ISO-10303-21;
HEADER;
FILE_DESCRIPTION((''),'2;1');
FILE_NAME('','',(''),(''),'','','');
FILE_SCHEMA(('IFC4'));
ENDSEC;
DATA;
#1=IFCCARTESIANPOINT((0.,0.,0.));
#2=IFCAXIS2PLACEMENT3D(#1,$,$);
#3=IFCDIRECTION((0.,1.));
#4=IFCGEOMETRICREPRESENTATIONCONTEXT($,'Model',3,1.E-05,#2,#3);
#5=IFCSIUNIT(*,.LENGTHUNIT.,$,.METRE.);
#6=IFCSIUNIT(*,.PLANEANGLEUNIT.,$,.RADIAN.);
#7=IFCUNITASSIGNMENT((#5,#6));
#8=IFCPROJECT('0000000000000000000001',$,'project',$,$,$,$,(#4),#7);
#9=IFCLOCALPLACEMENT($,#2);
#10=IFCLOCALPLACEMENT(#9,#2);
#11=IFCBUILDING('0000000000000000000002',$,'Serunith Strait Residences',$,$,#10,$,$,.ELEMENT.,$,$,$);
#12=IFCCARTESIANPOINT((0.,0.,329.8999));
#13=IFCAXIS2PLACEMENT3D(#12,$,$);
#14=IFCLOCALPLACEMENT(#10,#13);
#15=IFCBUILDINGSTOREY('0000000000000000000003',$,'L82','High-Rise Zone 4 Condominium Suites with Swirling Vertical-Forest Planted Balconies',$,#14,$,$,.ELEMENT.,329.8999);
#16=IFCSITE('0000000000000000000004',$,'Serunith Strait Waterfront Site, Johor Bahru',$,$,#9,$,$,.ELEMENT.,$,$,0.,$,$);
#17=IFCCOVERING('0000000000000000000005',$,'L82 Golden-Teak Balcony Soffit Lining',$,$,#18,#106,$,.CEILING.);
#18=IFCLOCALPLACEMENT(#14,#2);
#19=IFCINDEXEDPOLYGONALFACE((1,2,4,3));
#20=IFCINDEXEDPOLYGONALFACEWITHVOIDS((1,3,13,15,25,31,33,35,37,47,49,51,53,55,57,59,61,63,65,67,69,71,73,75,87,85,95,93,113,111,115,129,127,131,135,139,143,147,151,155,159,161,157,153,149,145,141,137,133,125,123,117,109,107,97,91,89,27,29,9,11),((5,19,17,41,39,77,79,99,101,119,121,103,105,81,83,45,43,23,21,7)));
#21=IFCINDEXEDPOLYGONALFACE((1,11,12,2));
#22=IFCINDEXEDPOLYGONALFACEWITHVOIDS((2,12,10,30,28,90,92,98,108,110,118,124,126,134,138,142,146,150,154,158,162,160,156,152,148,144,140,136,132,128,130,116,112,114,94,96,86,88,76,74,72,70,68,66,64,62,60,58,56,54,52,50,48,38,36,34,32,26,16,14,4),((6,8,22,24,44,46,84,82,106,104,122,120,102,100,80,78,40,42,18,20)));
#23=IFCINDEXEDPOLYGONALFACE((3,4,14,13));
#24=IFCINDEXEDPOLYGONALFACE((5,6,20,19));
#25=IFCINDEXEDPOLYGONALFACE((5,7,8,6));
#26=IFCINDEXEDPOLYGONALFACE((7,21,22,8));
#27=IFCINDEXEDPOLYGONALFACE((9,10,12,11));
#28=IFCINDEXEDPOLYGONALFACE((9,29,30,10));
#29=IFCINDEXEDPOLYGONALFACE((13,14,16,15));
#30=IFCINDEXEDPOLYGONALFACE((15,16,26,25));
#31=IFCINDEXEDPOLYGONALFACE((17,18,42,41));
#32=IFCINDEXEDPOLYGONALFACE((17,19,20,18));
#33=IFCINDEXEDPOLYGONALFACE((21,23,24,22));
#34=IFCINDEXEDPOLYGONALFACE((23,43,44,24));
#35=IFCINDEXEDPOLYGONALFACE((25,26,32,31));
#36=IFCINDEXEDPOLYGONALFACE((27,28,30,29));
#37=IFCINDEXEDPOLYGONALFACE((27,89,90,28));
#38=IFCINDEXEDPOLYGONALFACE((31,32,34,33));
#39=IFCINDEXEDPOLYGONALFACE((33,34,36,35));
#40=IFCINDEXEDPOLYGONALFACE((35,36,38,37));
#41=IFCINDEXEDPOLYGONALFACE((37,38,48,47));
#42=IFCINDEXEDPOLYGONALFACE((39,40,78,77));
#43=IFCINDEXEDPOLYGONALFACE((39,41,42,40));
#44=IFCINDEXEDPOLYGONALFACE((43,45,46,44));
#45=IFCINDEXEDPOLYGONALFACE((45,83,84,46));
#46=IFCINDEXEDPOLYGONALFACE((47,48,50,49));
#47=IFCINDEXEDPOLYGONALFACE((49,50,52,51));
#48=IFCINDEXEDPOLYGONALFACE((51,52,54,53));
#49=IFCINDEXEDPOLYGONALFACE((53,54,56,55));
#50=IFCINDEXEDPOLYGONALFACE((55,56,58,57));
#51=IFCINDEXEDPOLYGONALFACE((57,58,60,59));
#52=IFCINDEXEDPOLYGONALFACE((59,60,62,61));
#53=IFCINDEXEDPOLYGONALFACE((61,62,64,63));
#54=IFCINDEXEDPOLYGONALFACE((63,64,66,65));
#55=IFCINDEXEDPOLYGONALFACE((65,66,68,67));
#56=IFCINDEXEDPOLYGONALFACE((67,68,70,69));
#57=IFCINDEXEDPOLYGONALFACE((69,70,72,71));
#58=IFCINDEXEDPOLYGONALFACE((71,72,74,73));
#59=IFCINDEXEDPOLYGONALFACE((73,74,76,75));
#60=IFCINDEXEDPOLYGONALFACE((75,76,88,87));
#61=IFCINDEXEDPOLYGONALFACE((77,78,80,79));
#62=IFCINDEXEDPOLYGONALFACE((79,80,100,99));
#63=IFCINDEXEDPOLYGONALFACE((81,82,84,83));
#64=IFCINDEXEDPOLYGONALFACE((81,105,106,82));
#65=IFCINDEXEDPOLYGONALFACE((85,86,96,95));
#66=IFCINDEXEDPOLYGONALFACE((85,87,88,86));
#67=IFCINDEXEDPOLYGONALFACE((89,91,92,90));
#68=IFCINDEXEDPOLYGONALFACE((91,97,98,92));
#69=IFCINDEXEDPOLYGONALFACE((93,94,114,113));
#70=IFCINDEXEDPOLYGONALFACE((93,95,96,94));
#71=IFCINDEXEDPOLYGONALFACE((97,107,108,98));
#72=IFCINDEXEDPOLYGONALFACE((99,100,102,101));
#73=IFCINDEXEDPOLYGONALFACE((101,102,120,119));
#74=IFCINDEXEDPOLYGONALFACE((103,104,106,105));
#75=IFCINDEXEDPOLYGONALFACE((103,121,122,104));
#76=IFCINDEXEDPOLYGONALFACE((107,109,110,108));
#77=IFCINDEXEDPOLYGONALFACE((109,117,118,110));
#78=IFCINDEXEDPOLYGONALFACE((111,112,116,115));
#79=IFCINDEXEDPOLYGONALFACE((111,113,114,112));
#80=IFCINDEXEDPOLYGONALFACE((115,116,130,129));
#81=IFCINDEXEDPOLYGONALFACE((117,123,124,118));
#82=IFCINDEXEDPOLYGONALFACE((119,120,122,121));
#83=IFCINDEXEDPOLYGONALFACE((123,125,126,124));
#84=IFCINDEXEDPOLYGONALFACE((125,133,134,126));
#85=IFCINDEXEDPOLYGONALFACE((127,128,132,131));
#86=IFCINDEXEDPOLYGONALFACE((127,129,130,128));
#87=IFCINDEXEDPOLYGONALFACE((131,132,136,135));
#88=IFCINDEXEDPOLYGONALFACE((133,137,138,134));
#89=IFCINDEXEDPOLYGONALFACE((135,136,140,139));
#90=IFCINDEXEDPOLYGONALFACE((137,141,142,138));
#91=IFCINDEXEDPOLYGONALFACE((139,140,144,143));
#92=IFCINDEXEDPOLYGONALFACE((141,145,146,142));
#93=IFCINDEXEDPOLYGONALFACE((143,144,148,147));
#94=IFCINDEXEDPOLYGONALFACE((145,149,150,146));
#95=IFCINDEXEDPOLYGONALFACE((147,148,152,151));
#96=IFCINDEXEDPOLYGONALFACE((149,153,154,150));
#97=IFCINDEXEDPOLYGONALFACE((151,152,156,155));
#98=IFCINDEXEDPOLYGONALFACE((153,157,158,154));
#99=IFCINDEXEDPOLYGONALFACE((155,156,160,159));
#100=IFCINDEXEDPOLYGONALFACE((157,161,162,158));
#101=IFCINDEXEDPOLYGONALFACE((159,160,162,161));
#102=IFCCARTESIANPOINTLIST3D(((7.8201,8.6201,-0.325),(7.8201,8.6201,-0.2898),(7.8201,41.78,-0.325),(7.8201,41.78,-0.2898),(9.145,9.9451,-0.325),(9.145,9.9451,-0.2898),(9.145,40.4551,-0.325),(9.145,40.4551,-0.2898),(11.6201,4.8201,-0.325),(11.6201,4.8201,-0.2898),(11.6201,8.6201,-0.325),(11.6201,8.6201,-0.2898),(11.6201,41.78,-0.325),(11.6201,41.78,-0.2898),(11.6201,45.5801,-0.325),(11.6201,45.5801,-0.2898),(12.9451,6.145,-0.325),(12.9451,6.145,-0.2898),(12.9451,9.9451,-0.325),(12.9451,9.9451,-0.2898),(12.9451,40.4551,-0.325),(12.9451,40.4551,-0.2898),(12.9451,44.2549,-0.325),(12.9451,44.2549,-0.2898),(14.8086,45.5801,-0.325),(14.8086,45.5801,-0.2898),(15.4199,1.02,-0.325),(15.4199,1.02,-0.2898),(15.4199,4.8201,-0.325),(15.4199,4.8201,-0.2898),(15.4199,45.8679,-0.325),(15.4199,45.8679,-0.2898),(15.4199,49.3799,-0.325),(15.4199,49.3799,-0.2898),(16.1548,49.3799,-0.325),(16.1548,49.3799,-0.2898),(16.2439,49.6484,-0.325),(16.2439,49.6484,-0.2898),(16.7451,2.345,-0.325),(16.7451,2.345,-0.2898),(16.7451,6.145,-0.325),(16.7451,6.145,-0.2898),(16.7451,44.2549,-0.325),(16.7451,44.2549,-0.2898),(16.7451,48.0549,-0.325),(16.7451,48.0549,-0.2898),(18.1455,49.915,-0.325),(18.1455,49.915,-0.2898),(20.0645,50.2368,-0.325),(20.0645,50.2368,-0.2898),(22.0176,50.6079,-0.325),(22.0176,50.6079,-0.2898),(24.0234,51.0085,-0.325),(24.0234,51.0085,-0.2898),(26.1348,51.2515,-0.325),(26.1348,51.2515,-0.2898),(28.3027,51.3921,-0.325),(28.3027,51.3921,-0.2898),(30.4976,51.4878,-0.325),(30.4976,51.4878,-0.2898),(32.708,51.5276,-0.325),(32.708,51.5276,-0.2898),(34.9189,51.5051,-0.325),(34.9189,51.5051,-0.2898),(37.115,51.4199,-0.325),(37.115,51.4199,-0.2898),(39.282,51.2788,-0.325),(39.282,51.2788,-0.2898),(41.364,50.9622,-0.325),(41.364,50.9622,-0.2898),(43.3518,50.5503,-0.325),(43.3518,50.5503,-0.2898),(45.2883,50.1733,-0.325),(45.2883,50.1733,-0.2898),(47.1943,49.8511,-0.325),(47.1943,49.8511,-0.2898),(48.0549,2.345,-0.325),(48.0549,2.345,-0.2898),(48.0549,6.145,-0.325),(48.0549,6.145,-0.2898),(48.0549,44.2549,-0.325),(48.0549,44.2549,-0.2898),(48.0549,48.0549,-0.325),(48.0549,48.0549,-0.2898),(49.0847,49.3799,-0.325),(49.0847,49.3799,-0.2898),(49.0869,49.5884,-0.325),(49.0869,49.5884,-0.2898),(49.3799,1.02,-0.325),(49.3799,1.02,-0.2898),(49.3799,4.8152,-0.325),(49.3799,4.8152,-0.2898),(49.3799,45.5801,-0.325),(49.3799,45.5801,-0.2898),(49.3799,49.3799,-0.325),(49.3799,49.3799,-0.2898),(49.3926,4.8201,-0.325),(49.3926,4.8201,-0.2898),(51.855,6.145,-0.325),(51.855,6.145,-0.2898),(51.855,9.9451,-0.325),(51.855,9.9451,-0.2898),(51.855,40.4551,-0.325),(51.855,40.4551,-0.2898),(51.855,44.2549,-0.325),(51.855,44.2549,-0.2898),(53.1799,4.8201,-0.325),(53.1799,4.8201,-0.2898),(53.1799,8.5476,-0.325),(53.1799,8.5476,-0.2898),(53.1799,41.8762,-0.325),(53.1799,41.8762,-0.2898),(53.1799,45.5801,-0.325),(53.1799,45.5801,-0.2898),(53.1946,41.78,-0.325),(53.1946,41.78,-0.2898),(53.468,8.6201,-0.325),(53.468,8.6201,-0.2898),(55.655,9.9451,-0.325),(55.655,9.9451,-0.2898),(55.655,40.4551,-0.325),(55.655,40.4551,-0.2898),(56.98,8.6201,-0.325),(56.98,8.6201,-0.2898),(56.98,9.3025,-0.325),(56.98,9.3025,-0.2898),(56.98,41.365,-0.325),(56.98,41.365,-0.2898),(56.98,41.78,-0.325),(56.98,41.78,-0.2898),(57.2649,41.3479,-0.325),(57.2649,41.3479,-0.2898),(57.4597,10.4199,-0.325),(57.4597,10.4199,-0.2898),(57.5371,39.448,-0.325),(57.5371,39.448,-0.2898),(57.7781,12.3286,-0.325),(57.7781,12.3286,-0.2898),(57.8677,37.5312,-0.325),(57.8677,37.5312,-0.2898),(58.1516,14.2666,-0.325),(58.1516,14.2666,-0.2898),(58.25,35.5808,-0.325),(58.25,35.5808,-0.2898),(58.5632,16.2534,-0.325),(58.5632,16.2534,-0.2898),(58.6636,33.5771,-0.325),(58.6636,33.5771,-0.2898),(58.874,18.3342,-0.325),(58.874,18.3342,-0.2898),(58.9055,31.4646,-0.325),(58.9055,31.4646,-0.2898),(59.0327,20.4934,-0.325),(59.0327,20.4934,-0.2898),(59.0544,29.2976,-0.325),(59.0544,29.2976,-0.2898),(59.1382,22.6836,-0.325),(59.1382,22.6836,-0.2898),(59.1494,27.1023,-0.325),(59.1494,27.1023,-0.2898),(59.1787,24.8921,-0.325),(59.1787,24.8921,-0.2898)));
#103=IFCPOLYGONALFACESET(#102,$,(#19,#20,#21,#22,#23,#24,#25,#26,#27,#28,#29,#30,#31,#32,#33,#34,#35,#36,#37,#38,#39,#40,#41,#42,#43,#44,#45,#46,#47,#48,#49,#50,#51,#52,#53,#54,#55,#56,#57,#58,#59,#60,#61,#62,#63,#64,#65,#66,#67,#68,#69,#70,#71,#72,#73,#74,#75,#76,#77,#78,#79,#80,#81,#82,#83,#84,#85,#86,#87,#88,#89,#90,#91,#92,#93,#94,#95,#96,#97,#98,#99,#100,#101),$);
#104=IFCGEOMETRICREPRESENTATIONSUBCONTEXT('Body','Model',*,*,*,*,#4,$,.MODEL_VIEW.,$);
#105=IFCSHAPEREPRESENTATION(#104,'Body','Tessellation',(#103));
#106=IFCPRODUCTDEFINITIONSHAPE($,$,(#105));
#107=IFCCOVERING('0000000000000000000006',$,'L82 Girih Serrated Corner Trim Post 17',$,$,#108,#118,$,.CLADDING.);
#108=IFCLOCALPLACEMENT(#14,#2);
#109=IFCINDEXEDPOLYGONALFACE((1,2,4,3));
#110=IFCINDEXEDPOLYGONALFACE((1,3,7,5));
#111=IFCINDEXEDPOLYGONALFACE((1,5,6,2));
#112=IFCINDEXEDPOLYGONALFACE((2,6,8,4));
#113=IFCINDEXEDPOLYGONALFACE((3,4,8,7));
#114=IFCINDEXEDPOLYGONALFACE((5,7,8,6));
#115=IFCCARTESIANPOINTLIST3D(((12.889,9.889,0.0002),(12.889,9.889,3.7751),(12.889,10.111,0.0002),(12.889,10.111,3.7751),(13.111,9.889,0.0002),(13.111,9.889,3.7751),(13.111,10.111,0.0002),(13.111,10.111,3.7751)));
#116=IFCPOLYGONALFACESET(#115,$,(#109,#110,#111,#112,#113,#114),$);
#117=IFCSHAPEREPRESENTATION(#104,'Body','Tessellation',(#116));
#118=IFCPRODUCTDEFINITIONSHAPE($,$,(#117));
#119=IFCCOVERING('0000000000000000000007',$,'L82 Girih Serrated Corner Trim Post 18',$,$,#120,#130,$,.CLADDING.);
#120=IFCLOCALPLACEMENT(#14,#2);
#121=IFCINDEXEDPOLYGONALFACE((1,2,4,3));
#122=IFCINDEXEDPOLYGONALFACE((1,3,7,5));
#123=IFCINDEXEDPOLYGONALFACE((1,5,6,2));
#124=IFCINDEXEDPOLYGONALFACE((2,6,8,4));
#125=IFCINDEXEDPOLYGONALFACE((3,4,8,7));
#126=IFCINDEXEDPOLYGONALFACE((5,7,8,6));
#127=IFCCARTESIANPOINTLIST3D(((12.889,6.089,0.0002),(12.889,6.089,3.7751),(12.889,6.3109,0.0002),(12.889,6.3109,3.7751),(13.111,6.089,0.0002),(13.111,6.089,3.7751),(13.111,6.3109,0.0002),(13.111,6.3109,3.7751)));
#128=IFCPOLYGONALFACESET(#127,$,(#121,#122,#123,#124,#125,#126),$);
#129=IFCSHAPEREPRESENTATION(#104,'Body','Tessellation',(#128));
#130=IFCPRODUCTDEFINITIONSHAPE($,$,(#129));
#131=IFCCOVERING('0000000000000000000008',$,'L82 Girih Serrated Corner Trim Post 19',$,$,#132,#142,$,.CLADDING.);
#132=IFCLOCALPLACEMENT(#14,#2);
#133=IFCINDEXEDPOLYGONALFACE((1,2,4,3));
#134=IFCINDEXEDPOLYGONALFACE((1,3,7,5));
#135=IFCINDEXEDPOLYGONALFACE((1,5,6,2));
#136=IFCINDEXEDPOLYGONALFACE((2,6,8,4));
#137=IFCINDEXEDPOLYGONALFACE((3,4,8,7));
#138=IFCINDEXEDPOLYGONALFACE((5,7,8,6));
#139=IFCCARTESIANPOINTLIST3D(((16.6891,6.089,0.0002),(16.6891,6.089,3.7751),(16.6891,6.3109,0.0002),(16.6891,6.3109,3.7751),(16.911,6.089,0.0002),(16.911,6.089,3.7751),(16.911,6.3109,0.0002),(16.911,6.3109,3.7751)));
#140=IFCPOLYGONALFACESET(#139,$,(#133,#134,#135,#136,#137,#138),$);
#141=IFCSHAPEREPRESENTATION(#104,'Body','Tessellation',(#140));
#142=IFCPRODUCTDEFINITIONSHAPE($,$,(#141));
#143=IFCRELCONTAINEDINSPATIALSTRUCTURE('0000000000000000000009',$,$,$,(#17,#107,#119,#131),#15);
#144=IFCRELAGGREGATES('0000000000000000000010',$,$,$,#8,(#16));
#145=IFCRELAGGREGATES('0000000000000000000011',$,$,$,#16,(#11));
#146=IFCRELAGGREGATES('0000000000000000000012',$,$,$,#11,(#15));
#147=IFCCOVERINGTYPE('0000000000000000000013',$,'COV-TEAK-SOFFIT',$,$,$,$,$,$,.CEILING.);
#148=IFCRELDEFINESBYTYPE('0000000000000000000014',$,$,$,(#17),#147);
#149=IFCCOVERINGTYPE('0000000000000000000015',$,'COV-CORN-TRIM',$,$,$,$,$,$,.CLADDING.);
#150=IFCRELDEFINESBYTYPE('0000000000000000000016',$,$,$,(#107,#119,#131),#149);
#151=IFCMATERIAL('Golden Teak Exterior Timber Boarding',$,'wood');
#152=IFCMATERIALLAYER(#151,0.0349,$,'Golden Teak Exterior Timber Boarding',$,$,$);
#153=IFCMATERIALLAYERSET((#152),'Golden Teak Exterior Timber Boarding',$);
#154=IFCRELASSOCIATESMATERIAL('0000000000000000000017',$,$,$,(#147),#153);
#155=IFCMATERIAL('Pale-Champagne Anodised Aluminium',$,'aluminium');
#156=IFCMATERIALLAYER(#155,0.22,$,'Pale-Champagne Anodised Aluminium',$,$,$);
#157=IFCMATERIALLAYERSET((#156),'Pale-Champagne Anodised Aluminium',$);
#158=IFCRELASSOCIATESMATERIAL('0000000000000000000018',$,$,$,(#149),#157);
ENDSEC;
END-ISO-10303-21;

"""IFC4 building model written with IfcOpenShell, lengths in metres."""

from ifc_helpers import new_model, si_unit, direction, frame, origin, origin_2d, place, context, subcontext, project, spatial, polyline, rectangle, outline, extrude, source, transform, mapped, material, layer, layer_set, type_object, element, save


model = new_model("IFC4")

# Units and contexts
model_context = context("Model", 3, precision=1e-05, world=origin(), true_north=direction((0.0, 1.0)))
body_context = subcontext(model_context, "Body", "Model", "MODEL_VIEW")
ifc_project = project(units=[si_unit("LENGTHUNIT", "METRE"), si_unit("PLANEANGLEUNIT", "RADIAN")], contexts=[model_context])

# Site, building, storey
site_placement = place(None, origin())
site = spatial("IfcSite", under=ifc_project, at=site_placement, Name="Serunith Strait Waterfront Site, Johor Bahru", CompositionType="ELEMENT", RefElevation=0.0)
building_placement = place(site_placement, origin())
building = spatial("IfcBuilding", under=site, at=building_placement, Name="Serunith Strait Residences", CompositionType="ELEMENT")
storey_placement = place(building_placement, frame((0.0, 0.0, 329.8999)))
storey = spatial("IfcBuildingStorey", under=building, at=storey_placement, Name="L82", Description="High-Rise Zone 4 Condominium Suites with Swirling Vertical-Forest Planted Balconies", CompositionType="ELEMENT", Elevation=329.8999)

# Covering
ifc_material_1 = material(Name="Golden Teak Exterior Timber Boarding", Category="wood")
ifc_layer_1 = layer(ifc_material_1, 0.0349, Name="Golden Teak Exterior Timber Boarding")
ifc_layer_set_1 = layer_set([ifc_layer_1], Name="Golden Teak Exterior Timber Boarding")
covering_type_1 = type_object("IfcCoveringType", Name="COV-TEAK-SOFFIT", PredefinedType="CEILING", material=ifc_layer_set_1)
covering_placement = place(storey_placement, frame((0.0, 0.0, -0.325)))
element("IfcCovering", 1, at=covering_placement, inside=storey, type_object=covering_type_1, Name="L82 Golden-Teak Balcony Soffit Lining", PredefinedType="CEILING", context=body_context, shape_type="SweptSolid", body=[
    extrude(outline(polyline([(15.4199, 49.3799), (16.1548, 49.3799), (16.2439, 49.6484), (18.1455, 49.915), (20.0645, 50.2368), (22.0176, 50.6079), (24.0234, 51.0085), (26.1348, 51.2515), (28.3027, 51.3921), (30.4976, 51.4878), (32.708, 51.5276), (34.9189, 51.5051), (37.115, 51.4199), (39.282, 51.2788), (41.364, 50.9622), (43.3518, 50.5503), (45.2883, 50.1733), (47.1943, 49.8511), (49.0869, 49.5884), (49.0847, 49.3799), (49.3799, 49.3799), (49.3799, 45.5801), (53.1799, 45.5801), (53.1799, 41.8762), (53.1946, 41.78), (56.98, 41.78), (56.98, 41.365), (57.2649, 41.3479), (57.5371, 39.448), (57.8677, 37.5312), (58.25, 35.5808), (58.6636, 33.5771), (58.9055, 31.4646), (59.0544, 29.2976), (59.1494, 27.1023), (59.1787, 24.8921), (59.1382, 22.6836), (59.0327, 20.4934), (58.874, 18.3342), (58.5632, 16.2534), (58.1516, 14.2666), (57.7781, 12.3286), (57.4597, 10.4199), (56.98, 9.3025), (56.98, 8.6201), (53.468, 8.6201), (53.1799, 8.5476), (53.1799, 4.8201), (49.3926, 4.8201), (49.3799, 4.8152), (49.3799, 1.02), (15.4199, 1.02), (15.4199, 4.8201), (11.6201, 4.8201), (11.6201, 8.6201), (7.8201, 8.6201), (7.8201, 41.78), (11.6201, 41.78), (11.6201, 45.5801), (14.8086, 45.5801), (15.4199, 45.8679), (15.4199, 49.3799)]), holes=[polyline([(48.0549, 2.345), (48.0549, 6.145), (51.855, 6.145), (51.855, 9.9451), (55.655, 9.9451), (55.655, 40.4551), (51.855, 40.4551), (51.855, 44.2549), (48.0549, 44.2549), (48.0549, 48.0549), (16.7451, 48.0549), (16.7451, 44.2549), (12.9451, 44.2549), (12.9451, 40.4551), (9.145, 40.4551), (9.145, 9.9451), (12.9451, 9.9451), (12.9451, 6.145), (16.7451, 6.145), (16.7451, 2.345), (48.0549, 2.345)])]), origin(), (0.0, 0.0, 1.0), 0.0352),
])

# Coverings
ifc_material_2 = material(Name="Pale-Champagne Anodised Aluminium", Category="aluminium")
ifc_layer_2 = layer(ifc_material_2, 0.22, Name="Pale-Champagne Anodised Aluminium")
ifc_layer_set_2 = layer_set([ifc_layer_2], Name="Pale-Champagne Anodised Aluminium")
covering_type_2 = type_object("IfcCoveringType", Name="COV-CORN-TRIM", PredefinedType="CLADDING", material=ifc_layer_set_2)
shared_shape_1 = source(origin(), body_context, "Body", "SweptSolid", [
    extrude(rectangle(XDim=0.2219, YDim=0.2219, at=origin_2d()), origin(), (0.0, 0.0, 1.0), 3.7749),
])
for number, where, z_axis, x_axis, name in (
    (2, (13.0, 10.0, 0.0002), (0.0, 0.0, 1.0), (1.0, 0.0, 0.0), "L82 Girih Serrated Corner Trim Post 17"),
    (3, (13.0, 6.2, 0.0002), (0.0, 0.0, 1.0), (1.0, 0.0, 0.0), "L82 Girih Serrated Corner Trim Post 18"),
    (4, (16.8, 6.2, 0.0002), (0.0, 0.0, 1.0), (1.0, 0.0, 0.0), "L82 Girih Serrated Corner Trim Post 19"),
):
    element("IfcCovering", number, at=place(storey_placement, frame(where, z_axis=z_axis, x_axis=x_axis)), inside=storey, type_object=covering_type_2, Name=name, PredefinedType="CLADDING", context=body_context, shape_type="MappedRepresentation", body=[
        mapped(shared_shape_1, transform((0.0, 0.0, 0.0), scale=1.0)),
    ])

save(model, "model.ifc")
